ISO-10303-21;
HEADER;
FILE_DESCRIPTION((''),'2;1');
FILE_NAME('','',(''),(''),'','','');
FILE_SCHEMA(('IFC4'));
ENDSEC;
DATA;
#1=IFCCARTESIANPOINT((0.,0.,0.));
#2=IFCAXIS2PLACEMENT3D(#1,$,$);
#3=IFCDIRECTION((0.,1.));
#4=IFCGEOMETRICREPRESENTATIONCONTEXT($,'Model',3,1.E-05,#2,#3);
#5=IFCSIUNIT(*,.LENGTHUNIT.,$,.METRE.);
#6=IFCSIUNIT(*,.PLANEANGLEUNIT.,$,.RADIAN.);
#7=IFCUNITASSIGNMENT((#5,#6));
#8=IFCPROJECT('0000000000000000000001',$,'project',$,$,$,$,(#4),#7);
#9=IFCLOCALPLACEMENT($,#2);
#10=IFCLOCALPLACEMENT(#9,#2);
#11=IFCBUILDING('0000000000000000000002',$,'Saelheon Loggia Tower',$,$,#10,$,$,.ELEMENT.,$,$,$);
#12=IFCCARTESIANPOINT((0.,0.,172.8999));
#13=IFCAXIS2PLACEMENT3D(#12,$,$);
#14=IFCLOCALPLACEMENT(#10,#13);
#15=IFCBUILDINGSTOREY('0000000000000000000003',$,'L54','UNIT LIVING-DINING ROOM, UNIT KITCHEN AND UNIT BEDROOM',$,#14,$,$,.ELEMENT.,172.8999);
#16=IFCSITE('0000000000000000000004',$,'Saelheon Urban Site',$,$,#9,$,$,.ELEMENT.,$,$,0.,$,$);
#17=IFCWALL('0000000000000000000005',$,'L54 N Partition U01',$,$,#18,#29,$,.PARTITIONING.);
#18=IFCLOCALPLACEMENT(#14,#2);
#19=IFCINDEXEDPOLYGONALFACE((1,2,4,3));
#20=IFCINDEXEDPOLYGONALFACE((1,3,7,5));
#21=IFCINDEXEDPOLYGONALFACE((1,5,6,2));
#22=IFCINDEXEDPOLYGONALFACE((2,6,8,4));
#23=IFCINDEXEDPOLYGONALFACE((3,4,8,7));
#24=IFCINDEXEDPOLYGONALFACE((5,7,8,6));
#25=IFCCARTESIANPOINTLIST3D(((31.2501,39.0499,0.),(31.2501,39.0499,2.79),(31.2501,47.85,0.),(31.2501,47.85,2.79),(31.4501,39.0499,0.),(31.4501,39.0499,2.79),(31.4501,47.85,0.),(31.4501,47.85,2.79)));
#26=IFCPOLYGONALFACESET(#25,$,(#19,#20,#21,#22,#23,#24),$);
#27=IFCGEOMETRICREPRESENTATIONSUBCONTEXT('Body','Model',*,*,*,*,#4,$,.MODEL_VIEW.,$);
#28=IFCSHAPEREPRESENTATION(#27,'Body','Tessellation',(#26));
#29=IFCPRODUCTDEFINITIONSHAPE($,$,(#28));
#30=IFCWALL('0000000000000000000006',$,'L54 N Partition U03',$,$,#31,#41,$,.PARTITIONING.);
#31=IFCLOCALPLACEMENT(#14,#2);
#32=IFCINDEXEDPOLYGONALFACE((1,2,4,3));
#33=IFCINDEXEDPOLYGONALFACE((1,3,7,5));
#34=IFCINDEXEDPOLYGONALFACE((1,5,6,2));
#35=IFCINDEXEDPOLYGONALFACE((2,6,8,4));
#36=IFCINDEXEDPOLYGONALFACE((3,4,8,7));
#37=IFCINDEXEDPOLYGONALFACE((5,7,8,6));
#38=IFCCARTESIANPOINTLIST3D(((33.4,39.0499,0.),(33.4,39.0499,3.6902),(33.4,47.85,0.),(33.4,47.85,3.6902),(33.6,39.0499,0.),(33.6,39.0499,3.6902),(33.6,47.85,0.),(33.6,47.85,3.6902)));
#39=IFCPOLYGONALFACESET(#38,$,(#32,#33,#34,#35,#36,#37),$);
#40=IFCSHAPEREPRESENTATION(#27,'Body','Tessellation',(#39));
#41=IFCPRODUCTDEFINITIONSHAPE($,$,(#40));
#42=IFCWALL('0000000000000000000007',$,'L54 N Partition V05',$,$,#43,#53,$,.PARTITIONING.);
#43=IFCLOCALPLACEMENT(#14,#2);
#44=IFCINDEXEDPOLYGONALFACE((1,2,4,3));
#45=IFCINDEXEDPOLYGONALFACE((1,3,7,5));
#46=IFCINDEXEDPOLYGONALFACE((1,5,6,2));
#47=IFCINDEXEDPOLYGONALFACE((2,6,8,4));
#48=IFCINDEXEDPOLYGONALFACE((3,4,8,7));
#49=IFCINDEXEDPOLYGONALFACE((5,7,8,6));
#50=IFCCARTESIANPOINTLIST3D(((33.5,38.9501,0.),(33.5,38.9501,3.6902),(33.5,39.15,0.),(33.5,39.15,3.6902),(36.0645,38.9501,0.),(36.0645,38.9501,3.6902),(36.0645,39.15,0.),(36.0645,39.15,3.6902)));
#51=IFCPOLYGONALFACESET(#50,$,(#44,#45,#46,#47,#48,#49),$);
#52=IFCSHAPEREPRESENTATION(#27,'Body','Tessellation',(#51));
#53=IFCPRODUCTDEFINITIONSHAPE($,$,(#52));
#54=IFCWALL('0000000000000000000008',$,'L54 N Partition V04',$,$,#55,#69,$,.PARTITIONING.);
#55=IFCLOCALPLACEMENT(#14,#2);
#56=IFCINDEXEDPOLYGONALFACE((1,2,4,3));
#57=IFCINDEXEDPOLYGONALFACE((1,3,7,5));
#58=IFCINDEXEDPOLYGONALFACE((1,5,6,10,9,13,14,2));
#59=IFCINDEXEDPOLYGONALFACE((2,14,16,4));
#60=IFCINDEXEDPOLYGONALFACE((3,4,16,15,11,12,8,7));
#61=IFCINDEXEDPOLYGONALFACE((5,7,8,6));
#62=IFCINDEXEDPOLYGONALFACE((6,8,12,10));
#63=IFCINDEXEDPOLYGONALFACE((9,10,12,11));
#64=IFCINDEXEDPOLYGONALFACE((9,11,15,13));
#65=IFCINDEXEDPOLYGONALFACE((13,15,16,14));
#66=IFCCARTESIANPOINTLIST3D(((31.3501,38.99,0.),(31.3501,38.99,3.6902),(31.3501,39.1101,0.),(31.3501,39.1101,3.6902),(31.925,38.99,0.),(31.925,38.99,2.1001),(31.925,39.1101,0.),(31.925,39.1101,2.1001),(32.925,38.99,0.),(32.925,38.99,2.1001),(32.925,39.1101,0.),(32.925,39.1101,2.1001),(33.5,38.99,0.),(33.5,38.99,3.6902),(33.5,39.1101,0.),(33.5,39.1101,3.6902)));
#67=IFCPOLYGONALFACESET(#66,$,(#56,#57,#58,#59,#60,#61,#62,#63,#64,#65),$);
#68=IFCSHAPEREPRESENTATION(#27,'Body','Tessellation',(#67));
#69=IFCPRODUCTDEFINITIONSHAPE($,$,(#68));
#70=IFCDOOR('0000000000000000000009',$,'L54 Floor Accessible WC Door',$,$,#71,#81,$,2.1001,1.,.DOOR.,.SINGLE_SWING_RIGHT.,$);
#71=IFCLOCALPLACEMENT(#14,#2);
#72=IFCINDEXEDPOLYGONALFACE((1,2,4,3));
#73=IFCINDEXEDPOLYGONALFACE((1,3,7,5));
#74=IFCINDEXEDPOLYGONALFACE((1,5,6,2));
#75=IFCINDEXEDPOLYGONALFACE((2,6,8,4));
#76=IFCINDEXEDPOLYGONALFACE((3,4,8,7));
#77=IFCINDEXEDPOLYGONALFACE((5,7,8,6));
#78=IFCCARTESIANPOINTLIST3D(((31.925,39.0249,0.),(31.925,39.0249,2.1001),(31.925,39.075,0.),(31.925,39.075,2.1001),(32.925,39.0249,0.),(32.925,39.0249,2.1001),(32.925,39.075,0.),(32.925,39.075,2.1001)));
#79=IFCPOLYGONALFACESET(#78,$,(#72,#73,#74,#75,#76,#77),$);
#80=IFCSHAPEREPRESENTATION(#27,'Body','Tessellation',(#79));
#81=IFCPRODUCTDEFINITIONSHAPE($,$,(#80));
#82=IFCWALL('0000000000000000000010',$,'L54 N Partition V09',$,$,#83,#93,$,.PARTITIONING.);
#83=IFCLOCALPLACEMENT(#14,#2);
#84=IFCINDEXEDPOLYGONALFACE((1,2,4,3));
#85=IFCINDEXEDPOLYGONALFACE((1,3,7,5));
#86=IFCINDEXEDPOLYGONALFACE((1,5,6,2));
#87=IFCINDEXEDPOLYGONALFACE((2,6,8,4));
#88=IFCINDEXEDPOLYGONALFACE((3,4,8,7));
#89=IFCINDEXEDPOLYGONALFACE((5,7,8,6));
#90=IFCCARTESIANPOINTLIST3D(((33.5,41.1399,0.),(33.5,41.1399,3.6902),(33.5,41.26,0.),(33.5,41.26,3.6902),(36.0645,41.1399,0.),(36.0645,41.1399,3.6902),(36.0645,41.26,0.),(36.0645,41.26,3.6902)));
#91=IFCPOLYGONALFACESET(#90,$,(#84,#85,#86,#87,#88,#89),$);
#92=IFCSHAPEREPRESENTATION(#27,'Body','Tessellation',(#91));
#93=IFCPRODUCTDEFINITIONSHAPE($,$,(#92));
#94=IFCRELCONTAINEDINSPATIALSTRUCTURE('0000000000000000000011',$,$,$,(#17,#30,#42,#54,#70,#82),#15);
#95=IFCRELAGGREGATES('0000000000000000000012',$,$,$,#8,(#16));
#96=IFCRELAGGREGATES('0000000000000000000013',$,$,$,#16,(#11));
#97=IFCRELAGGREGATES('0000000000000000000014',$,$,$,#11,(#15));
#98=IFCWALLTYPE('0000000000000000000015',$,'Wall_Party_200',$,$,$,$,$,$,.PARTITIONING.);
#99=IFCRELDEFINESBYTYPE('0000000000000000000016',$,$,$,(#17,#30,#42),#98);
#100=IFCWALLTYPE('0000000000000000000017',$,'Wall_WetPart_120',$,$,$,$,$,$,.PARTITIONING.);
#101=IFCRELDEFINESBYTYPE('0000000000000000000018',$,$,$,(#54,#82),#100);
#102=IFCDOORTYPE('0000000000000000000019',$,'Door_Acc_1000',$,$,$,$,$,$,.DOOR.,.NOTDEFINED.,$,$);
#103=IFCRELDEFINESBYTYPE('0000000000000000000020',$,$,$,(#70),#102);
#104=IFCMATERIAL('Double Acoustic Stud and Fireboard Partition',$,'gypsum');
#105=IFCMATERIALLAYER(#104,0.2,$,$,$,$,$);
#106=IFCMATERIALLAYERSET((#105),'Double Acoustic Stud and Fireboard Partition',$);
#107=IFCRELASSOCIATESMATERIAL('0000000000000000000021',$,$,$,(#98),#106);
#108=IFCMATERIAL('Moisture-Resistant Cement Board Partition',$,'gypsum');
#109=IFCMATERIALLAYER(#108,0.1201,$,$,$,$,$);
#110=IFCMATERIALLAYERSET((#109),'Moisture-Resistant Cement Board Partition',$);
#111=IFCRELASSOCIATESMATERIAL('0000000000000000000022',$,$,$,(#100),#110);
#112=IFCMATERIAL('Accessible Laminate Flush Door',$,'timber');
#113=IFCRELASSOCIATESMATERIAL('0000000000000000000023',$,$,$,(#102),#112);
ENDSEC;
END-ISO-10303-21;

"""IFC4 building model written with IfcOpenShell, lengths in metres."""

from ifc_helpers import new_model, si_unit, direction, frame, frame_2d, origin, place, context, subcontext, project, spatial, rectangle, extrude, source, transform, mapped, material, layer, layer_set, type_object, element, fill, save


model = new_model("IFC4")

# Units and contexts
model_context = context("Model", 3, precision=1e-05, world=origin(), true_north=direction((0.0, 1.0)))
body_context = subcontext(model_context, "Body", "Model", "MODEL_VIEW")
ifc_project = project(units=[si_unit("LENGTHUNIT", "METRE"), si_unit("PLANEANGLEUNIT", "RADIAN")], contexts=[model_context])

# Site, building, storey
site_placement = place(None, origin())
site = spatial("IfcSite", under=ifc_project, at=site_placement, Name="Saelheon Urban Site", CompositionType="ELEMENT", RefElevation=0.0)
building_placement = place(site_placement, origin())
building = spatial("IfcBuilding", under=site, at=building_placement, Name="Saelheon Loggia Tower", CompositionType="ELEMENT")
storey_placement = place(building_placement, frame((0.0, 0.0, 172.8999)))
storey = spatial("IfcBuildingStorey", under=building, at=storey_placement, Name="L54", Description="UNIT LIVING-DINING ROOM, UNIT KITCHEN AND UNIT BEDROOM", CompositionType="ELEMENT", Elevation=172.8999)

# Walls
ifc_material_1 = material(Name="Double Acoustic Stud and Fireboard Partition", Category="gypsum")
ifc_layer_1 = layer(ifc_material_1, 0.2)
ifc_layer_set_1 = layer_set([ifc_layer_1], Name="Double Acoustic Stud and Fireboard Partition")
wall_type_1 = type_object("IfcWallType", Name="Wall_Party_200", PredefinedType="PARTITIONING", material=ifc_layer_set_1)
wall_1_placement = place(storey_placement, frame((31.3501, 39.05, 0.0), z_axis=(0.0, 0.0, 1.0), x_axis=(0.0, 1.0, 0.0)))
element("IfcWall", 1, at=wall_1_placement, inside=storey, type_object=wall_type_1, Name="L54 N Partition U01", PredefinedType="PARTITIONING", context=body_context, shape_type="SweptSolid", body=[
    extrude(rectangle(XDim=8.8, YDim=0.2, at=frame_2d((4.3999, 0.0))), origin(), (0.0, 0.0, 1.0), 2.79),
])
wall_2_placement = place(storey_placement, frame((33.5, 39.05, 0.0), z_axis=(0.0, 0.0, 1.0), x_axis=(0.0, 1.0, 0.0)))
element("IfcWall", 2, at=wall_2_placement, inside=storey, type_object=wall_type_1, Name="L54 N Partition U03", PredefinedType="PARTITIONING", context=body_context, shape_type="SweptSolid", body=[
    extrude(rectangle(XDim=8.8, YDim=0.2, at=frame_2d((4.3999, 0.0))), origin(), (0.0, 0.0, 1.0), 3.6902),
])
wall_3_placement = place(storey_placement, frame((33.5, 39.05, 0.0), z_axis=(0.0, 0.0, 1.0), x_axis=(1.0, 0.0, 0.0)))
element("IfcWall", 3, at=wall_3_placement, inside=storey, type_object=wall_type_1, Name="L54 N Partition V05", PredefinedType="PARTITIONING", context=body_context, shape_type="SweptSolid", body=[
    extrude(rectangle(XDim=2.5645, YDim=0.2, at=frame_2d((1.2822, 0.0))), origin(), (0.0, 0.0, 1.0), 3.6902),
])

# Wall, opening, door
ifc_material_2 = material(Name="Moisture-Resistant Cement Board Partition", Category="gypsum")
ifc_layer_2 = layer(ifc_material_2, 0.1201)
ifc_layer_set_2 = layer_set([ifc_layer_2], Name="Moisture-Resistant Cement Board Partition")
wall_type_2 = type_object("IfcWallType", Name="Wall_WetPart_120", PredefinedType="PARTITIONING", material=ifc_layer_set_2)
wall_4_placement = place(storey_placement, frame((31.3501, 39.05, 0.0), z_axis=(0.0, 0.0, 1.0), x_axis=(1.0, 0.0, 0.0)))
wall_4 = element("IfcWall", 4, at=wall_4_placement, inside=storey, type_object=wall_type_2, Name="L54 N Partition V04", PredefinedType="PARTITIONING", context=body_context, shape_type="SweptSolid", body=[
    extrude(rectangle(XDim=2.1499, YDim=0.1201, at=frame_2d((1.075, 0.0))), origin(), (0.0, 0.0, 1.0), 3.6902),
])
opening_1_placement = place(wall_4_placement, frame((0.575, 0.0, 0.0)))
opening_1 = element("IfcOpeningElement", 5, at=opening_1_placement, cuts=wall_4, PredefinedType="OPENING", context=body_context, shape_type="SweptSolid", body=[
    extrude(rectangle(XDim=1.0, YDim=2.1001, at=frame_2d((0.5, 1.05))), frame((0.0, 0.072, 0.0), z_axis=(0.0, -1.0, 0.0), x_axis=(1.0, 0.0, 0.0)), (0.0, 0.0, 1.0), 0.144),
])
ifc_material_3 = material(Name="Accessible Laminate Flush Door", Category="timber")
door_type_1 = type_object("IfcDoorType", Name="Door_Acc_1000", OperationType="NOTDEFINED", PredefinedType="DOOR", material=ifc_material_3)
shared_shape_1 = source(origin(), body_context, "Body", "SweptSolid", [
    extrude(rectangle(XDim=1.0, YDim=2.1001, at=frame_2d((0.5, 1.05))), frame((0.0, 0.0249, 0.0), z_axis=(0.0, -1.0, 0.0), x_axis=(1.0, 0.0, 0.0)), (0.0, 0.0, 1.0), 0.05),
])
door_1_placement = place(opening_1_placement, origin())
door_1 = element("IfcDoor", 6, at=door_1_placement, inside=storey, type_object=door_type_1, Name="L54 Floor Accessible WC Door", OperationType="SINGLE_SWING_RIGHT", OverallHeight=2.1001, OverallWidth=1.0, PredefinedType="DOOR", context=body_context, shape_type="MappedRepresentation", body=[
    mapped(shared_shape_1, transform((0.0, 0.0, 0.0), scale=1.0)),
])
fill(opening_1, door_1)

# Wall
wall_5_placement = place(storey_placement, frame((33.5, 41.2, 0.0), z_axis=(0.0, 0.0, 1.0), x_axis=(1.0, 0.0, 0.0)))
element("IfcWall", 7, at=wall_5_placement, inside=storey, type_object=wall_type_2, Name="L54 N Partition V09", PredefinedType="PARTITIONING", context=body_context, shape_type="SweptSolid", body=[
    extrude(rectangle(XDim=2.5645, YDim=0.1201, at=frame_2d((1.2822, 0.0))), origin(), (0.0, 0.0, 1.0), 3.6902),
])

save(model, "model.ifc")
